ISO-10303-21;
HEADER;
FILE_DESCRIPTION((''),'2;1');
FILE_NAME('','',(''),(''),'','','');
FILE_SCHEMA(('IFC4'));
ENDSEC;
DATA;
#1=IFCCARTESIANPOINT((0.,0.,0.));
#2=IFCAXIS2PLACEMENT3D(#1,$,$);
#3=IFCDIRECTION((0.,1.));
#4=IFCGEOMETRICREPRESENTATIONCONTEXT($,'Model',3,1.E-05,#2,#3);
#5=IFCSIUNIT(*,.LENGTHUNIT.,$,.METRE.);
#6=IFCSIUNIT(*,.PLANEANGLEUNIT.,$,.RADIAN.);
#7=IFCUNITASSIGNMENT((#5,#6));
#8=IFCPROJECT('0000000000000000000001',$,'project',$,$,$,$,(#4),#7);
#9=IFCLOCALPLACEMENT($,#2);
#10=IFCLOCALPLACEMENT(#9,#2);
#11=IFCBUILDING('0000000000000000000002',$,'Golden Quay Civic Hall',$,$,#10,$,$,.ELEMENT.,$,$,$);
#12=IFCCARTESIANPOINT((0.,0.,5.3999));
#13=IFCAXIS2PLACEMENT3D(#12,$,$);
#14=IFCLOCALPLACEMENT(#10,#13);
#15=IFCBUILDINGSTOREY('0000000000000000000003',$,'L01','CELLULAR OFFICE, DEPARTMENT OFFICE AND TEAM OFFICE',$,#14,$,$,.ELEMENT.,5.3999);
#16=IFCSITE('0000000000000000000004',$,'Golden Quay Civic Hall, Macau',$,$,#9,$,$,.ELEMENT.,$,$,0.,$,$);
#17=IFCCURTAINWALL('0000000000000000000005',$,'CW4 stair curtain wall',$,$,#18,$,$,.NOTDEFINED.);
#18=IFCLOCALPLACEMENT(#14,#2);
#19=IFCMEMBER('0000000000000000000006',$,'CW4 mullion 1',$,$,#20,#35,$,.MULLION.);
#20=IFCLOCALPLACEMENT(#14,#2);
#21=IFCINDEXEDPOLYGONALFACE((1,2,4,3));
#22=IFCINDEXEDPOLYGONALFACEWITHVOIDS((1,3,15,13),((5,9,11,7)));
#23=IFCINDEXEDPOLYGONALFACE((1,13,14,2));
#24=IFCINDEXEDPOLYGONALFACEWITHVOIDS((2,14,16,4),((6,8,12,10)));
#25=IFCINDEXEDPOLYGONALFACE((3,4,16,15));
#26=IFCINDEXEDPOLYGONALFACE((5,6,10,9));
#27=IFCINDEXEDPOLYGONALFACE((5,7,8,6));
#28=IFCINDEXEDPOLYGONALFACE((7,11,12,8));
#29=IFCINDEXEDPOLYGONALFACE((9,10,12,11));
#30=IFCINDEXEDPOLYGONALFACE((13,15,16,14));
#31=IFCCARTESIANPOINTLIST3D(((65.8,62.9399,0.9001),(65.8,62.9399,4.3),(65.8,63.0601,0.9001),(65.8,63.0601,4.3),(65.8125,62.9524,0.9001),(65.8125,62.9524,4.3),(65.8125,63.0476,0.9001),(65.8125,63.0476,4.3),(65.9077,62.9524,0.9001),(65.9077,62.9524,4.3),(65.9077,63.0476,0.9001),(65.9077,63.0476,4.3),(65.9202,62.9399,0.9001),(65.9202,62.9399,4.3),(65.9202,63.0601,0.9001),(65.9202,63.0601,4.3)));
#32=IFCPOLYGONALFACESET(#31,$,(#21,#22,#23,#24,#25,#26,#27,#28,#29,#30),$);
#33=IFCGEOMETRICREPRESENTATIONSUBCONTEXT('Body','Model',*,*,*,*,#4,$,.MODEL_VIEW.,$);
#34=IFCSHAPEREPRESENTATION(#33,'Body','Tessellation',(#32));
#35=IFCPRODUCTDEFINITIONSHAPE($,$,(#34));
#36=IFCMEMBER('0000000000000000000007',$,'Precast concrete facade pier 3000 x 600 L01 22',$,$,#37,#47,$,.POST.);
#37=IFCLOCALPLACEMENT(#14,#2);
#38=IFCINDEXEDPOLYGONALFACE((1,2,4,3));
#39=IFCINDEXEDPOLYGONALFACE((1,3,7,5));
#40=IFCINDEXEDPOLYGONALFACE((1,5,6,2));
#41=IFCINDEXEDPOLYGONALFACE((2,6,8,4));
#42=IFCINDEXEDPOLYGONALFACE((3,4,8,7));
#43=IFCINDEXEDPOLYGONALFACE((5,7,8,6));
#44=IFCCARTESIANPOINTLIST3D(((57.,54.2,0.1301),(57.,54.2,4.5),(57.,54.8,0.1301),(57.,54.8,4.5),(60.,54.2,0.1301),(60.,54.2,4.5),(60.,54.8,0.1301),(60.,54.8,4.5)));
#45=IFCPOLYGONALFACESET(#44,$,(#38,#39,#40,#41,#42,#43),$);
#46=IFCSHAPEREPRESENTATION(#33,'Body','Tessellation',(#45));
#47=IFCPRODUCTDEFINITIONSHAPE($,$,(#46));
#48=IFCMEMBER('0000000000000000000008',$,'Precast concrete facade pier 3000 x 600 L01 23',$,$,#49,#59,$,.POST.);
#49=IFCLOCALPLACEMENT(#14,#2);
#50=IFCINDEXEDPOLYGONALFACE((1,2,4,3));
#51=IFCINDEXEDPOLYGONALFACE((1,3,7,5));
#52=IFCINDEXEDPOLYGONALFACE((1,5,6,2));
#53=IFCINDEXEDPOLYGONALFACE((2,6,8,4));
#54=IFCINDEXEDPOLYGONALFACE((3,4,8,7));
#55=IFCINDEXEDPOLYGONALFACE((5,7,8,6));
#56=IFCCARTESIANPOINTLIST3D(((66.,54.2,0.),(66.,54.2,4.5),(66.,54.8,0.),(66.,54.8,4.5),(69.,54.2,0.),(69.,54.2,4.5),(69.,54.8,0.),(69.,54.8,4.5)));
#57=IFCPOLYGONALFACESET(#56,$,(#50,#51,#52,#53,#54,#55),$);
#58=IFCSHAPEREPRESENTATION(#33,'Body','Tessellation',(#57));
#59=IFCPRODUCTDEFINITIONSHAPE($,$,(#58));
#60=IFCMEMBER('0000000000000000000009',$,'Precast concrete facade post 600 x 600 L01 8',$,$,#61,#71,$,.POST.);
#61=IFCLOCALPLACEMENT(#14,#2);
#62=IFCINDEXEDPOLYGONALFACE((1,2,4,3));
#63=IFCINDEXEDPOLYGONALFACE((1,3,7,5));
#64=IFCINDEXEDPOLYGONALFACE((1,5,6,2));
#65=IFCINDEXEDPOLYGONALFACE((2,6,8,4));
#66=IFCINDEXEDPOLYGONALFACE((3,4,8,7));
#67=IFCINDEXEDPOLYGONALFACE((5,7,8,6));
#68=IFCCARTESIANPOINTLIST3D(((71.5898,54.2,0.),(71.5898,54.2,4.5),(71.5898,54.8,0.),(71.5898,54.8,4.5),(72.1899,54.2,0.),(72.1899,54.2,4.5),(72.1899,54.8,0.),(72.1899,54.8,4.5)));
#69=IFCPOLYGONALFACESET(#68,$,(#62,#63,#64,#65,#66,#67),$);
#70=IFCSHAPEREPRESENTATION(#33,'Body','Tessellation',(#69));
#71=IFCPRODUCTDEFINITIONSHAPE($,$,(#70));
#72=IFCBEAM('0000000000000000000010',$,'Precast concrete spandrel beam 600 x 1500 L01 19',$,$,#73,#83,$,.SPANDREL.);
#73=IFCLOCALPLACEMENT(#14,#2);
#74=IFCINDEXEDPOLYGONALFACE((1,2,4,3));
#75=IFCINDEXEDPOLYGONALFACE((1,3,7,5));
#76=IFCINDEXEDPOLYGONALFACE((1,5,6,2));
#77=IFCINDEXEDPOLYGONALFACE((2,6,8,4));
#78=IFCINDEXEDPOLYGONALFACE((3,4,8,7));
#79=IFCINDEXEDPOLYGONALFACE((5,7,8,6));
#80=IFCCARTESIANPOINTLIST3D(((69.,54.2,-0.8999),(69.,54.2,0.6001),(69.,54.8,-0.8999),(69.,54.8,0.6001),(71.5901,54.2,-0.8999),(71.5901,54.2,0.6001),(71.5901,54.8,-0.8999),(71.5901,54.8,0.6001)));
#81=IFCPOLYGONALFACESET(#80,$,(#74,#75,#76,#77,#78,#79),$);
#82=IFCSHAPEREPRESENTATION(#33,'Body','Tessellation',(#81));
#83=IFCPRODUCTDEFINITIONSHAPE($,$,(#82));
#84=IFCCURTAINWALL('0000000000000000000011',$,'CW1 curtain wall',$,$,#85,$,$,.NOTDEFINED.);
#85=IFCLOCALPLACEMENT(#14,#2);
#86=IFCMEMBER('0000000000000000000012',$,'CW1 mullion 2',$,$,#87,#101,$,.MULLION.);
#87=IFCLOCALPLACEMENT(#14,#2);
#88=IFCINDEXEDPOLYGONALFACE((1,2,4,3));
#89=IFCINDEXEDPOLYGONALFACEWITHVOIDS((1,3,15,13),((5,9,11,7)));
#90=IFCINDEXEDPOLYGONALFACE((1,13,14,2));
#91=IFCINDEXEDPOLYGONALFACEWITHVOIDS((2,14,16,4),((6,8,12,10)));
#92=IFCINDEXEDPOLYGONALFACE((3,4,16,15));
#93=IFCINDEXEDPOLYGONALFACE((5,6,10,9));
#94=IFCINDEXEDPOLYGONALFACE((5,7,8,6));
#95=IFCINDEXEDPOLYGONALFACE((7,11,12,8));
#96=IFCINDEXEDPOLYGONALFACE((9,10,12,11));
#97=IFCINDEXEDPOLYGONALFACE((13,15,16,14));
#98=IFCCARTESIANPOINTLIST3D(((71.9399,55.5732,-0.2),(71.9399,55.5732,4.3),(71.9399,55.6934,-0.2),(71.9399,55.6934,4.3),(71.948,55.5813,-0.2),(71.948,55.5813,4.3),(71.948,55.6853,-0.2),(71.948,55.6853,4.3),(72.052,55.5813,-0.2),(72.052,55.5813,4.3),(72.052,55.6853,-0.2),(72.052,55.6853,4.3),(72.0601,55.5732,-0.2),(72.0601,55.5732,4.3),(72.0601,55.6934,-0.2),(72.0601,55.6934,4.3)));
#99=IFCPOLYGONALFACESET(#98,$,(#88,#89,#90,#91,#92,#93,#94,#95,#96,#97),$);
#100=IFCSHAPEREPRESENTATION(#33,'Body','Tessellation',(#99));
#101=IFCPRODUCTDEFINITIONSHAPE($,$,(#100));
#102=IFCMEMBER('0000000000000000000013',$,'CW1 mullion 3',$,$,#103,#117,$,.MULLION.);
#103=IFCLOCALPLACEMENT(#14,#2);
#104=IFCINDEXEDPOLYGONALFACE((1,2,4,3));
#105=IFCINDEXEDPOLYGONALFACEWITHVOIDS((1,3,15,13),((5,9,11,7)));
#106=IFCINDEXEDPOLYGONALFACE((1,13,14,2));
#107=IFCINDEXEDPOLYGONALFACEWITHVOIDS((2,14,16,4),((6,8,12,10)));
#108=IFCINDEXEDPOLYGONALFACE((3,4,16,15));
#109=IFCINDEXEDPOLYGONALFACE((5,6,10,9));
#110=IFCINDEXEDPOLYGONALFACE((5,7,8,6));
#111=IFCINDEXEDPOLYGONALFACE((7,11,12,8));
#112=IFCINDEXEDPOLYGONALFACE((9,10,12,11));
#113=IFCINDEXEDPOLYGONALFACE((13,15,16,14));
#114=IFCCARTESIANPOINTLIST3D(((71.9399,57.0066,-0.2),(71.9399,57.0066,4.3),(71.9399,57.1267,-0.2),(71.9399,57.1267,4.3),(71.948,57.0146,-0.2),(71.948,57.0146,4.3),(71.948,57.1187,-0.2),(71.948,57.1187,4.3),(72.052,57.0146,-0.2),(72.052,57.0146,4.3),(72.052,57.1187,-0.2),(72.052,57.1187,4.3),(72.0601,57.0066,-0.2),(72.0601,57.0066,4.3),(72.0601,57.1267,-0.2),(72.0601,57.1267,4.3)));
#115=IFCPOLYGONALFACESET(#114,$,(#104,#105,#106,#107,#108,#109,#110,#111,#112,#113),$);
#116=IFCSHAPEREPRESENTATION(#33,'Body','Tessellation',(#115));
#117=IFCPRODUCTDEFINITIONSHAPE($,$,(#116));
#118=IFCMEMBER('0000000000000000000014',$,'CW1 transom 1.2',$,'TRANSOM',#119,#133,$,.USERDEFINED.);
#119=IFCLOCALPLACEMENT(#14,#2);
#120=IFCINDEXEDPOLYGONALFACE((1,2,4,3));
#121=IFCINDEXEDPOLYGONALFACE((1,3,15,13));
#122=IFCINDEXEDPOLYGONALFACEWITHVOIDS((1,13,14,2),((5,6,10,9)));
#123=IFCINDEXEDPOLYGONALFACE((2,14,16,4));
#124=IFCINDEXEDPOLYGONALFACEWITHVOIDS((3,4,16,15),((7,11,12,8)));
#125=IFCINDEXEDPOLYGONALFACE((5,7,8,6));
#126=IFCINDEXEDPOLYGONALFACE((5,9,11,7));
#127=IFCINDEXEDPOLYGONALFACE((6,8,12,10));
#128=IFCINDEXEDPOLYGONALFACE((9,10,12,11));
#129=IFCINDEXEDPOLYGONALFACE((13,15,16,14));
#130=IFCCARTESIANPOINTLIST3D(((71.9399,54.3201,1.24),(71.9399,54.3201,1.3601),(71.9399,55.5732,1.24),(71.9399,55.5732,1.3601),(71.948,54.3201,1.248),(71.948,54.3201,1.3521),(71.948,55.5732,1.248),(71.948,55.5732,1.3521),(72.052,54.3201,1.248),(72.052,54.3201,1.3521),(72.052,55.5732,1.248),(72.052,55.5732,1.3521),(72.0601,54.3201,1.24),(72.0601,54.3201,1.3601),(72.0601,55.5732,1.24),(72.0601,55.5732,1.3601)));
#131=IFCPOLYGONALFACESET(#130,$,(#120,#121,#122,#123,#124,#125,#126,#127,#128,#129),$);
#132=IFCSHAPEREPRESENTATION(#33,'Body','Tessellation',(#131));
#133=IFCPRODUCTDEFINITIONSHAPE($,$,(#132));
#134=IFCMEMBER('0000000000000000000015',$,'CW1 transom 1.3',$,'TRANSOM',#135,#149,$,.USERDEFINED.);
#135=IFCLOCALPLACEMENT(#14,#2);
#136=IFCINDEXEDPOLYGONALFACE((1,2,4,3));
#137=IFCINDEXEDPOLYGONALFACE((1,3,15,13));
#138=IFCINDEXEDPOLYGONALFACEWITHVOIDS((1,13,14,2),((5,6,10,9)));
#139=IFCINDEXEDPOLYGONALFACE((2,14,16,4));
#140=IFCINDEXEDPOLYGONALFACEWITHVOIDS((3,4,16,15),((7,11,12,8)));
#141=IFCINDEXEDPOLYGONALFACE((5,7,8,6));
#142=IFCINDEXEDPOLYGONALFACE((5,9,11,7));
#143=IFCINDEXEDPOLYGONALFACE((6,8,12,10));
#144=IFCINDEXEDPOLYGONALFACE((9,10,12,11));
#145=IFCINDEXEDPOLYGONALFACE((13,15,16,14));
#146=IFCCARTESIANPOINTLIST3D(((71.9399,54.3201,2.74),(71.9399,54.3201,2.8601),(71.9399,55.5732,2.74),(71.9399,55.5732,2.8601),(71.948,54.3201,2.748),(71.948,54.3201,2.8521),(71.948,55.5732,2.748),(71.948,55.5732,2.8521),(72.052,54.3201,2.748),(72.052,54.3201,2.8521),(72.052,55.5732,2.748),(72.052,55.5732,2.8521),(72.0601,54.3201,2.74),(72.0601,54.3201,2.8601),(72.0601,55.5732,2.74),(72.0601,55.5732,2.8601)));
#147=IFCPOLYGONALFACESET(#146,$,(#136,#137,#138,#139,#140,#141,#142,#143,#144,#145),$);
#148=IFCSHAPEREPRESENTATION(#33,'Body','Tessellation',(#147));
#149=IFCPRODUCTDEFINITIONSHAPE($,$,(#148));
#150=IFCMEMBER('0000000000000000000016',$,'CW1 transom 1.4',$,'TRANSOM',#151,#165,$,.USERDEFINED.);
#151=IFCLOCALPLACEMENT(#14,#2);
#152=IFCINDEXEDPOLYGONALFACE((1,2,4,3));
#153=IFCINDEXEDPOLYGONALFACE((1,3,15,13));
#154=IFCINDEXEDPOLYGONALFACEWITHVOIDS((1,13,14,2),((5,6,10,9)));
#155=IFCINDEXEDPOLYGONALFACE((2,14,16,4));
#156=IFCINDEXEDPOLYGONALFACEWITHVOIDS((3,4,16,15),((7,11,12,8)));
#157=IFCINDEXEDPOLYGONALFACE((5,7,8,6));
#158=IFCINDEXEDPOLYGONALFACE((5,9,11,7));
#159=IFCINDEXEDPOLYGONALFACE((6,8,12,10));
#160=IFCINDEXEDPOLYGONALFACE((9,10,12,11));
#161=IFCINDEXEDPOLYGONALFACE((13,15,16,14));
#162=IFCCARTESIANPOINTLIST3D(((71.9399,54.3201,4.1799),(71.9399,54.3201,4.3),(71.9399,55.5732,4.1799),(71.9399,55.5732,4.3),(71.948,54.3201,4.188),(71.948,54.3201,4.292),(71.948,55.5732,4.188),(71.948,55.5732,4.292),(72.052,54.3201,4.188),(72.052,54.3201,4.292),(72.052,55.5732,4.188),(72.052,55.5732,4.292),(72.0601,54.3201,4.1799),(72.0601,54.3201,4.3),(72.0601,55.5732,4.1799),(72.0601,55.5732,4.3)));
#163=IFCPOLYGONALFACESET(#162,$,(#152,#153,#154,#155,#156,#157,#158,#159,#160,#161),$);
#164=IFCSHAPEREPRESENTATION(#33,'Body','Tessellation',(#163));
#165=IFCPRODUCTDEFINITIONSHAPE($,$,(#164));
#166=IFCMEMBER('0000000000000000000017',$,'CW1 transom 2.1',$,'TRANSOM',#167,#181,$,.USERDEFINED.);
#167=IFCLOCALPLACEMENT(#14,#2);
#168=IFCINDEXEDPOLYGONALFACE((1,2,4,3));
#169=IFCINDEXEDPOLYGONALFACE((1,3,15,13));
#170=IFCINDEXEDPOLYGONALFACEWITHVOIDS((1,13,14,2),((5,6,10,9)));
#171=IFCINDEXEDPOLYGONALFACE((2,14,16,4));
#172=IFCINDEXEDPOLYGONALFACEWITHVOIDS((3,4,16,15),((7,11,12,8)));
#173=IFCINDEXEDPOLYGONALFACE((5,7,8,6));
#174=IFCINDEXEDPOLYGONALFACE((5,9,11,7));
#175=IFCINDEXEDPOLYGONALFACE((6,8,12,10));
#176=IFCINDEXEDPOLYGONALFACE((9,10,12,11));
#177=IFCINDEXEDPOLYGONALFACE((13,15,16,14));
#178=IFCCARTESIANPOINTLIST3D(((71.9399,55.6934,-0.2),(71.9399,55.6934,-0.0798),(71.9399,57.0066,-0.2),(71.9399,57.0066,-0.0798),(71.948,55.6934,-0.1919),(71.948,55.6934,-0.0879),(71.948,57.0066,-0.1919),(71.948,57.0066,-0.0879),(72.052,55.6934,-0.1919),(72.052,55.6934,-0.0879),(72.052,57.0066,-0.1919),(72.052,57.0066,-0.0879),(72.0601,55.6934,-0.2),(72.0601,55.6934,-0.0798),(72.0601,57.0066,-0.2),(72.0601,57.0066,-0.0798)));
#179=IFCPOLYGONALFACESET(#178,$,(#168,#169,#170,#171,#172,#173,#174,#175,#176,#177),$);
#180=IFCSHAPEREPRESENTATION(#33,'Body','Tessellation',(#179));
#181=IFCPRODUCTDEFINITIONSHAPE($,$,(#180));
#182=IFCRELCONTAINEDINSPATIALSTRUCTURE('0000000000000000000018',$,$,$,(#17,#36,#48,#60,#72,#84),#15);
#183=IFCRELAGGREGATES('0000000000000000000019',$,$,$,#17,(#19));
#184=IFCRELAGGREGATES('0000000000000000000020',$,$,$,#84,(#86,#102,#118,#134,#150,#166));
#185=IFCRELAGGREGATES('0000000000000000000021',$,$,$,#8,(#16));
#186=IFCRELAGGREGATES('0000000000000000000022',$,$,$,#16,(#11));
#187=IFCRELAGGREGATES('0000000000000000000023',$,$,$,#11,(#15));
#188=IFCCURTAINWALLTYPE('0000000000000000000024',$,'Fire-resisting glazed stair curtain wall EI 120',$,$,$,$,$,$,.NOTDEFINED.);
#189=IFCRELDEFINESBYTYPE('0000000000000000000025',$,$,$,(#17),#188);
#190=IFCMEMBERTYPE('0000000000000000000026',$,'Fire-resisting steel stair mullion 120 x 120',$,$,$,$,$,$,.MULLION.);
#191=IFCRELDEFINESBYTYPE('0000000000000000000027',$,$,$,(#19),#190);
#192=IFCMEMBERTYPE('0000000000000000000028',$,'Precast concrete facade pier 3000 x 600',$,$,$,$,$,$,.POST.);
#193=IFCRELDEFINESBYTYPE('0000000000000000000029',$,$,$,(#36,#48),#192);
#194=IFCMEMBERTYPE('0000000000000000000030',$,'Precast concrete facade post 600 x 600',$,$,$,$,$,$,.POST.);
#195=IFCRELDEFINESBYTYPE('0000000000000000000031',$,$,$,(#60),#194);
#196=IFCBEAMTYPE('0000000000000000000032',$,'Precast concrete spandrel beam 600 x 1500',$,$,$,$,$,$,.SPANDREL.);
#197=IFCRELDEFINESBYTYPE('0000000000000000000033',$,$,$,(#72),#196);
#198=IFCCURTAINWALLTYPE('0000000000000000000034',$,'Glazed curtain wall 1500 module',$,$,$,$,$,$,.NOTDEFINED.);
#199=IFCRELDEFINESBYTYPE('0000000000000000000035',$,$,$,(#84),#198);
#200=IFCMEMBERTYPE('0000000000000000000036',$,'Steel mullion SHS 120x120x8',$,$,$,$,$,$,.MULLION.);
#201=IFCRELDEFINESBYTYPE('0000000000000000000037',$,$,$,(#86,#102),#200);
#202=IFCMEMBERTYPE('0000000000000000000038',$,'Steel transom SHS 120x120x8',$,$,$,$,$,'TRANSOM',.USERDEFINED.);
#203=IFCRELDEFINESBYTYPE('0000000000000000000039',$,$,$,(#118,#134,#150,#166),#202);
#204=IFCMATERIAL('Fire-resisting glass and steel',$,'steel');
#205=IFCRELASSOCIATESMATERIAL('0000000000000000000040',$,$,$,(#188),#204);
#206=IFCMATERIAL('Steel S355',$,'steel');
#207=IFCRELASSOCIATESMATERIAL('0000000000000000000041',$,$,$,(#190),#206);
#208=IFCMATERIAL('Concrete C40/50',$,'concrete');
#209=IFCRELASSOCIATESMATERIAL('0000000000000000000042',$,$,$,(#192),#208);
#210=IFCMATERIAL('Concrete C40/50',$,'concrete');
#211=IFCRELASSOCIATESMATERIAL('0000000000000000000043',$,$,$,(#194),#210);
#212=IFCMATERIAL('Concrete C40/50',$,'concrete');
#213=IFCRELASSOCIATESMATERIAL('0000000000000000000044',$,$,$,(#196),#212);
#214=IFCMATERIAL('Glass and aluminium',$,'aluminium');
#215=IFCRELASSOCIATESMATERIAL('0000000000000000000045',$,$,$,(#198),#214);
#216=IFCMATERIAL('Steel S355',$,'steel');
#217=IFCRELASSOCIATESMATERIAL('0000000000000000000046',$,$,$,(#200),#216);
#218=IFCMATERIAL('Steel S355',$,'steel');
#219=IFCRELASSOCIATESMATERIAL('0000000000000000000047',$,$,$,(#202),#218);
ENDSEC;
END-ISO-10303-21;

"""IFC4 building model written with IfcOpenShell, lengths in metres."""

from ifc_helpers import new_model, si_unit, direction, frame, origin, origin_2d, place, context, subcontext, project, spatial, rectangle, hollow_rectangle, extrude, material, material_profile, profile_set, type_object, element, aggregate, save


model = new_model("IFC4")

# Units and contexts
model_context = context("Model", 3, precision=1e-05, world=origin(), true_north=direction((0.0, 1.0)))
body_context = subcontext(model_context, "Body", "Model", "MODEL_VIEW")
ifc_project = project(units=[si_unit("LENGTHUNIT", "METRE"), si_unit("PLANEANGLEUNIT", "RADIAN")], contexts=[model_context])

# Site, building, storey
site_placement = place(None, origin())
site = spatial("IfcSite", under=ifc_project, at=site_placement, Name="Golden Quay Civic Hall, Macau", CompositionType="ELEMENT", RefElevation=0.0)
building_placement = place(site_placement, origin())
building = spatial("IfcBuilding", under=site, at=building_placement, Name="Golden Quay Civic Hall", CompositionType="ELEMENT")
storey_placement = place(building_placement, frame((0.0, 0.0, 5.3999)))
storey = spatial("IfcBuildingStorey", under=building, at=storey_placement, Name="L01", Description="CELLULAR OFFICE, DEPARTMENT OFFICE AND TEAM OFFICE", CompositionType="ELEMENT", Elevation=5.3999)

# Curtain wall, member
ifc_material_1 = material(Name="Fire-resisting glass and steel", Category="steel")
curtain_wall_type_1 = type_object("IfcCurtainWallType", Name="Fire-resisting glazed stair curtain wall EI 120", PredefinedType="NOTDEFINED", material=ifc_material_1)
curtain_wall_1_placement = place(storey_placement, origin())
curtain_wall_1 = element("IfcCurtainWall", 1, at=curtain_wall_1_placement, inside=storey, type_object=curtain_wall_type_1, Name="CW4 stair curtain wall", PredefinedType="NOTDEFINED")
ifc_material_2 = material(Name="Steel S355", Category="steel")
ifc_material_profile_1 = material_profile(ifc_material_2, hollow_rectangle(XDim=0.1201, YDim=0.1201, WallThickness=0.0125, at=origin_2d()), Name="SHS 120x120x12.5")
ifc_profile_set_1 = profile_set([ifc_material_profile_1], Name="Steel S355")
member_type_1 = type_object("IfcMemberType", Name="Fire-resisting steel stair mullion 120 x 120", PredefinedType="MULLION", material=ifc_profile_set_1)
member_1_placement = place(storey_placement, frame((65.8601, 63.0, 0.9001), z_axis=(0.0, 0.0, 1.0), x_axis=(0.0, 1.0, 0.0)))
member_1 = element("IfcMember", 2, at=member_1_placement, type_object=member_type_1, Name="CW4 mullion 1", PredefinedType="MULLION", context=body_context, shape_type="SweptSolid", body=[
    extrude(hollow_rectangle(XDim=0.1201, YDim=0.1201, WallThickness=0.0125, at=origin_2d()), origin(), (0.0, 0.0, 1.0), 3.3999),
])
aggregate(curtain_wall_1, [member_1])

# Members
ifc_material_3 = material(Name="Concrete C40/50", Category="concrete")
ifc_material_profile_2 = material_profile(ifc_material_3, rectangle(XDim=3.0, YDim=0.6001, at=origin_2d()), Name="RC 3000x600")
ifc_profile_set_2 = profile_set([ifc_material_profile_2], Name="Concrete C40/50")
member_type_2 = type_object("IfcMemberType", Name="Precast concrete facade pier 3000 x 600", PredefinedType="POST", material=ifc_profile_set_2)
member_2_placement = place(storey_placement, frame((58.5, 54.5, 0.1301), z_axis=(0.0, 0.0, 1.0), x_axis=(1.0, 0.0, 0.0)))
element("IfcMember", 3, at=member_2_placement, inside=storey, type_object=member_type_2, Name="Precast concrete facade pier 3000 x 600 L01 22", PredefinedType="POST", context=body_context, shape_type="SweptSolid", body=[
    extrude(rectangle(XDim=3.0, YDim=0.6001, at=origin_2d()), origin(), (0.0, 0.0, 1.0), 4.3699),
])
member_3_placement = place(storey_placement, frame((67.5, 54.5, 0.0), z_axis=(0.0, 0.0, 1.0), x_axis=(1.0, 0.0, 0.0)))
element("IfcMember", 4, at=member_3_placement, inside=storey, type_object=member_type_2, Name="Precast concrete facade pier 3000 x 600 L01 23", PredefinedType="POST", context=body_context, shape_type="SweptSolid", body=[
    extrude(rectangle(XDim=3.0, YDim=0.6001, at=origin_2d()), origin(), (0.0, 0.0, 1.0), 4.5),
])
ifc_material_4 = material(Name="Concrete C40/50", Category="concrete")
ifc_material_profile_3 = material_profile(ifc_material_4, rectangle(XDim=0.6001, YDim=0.6001, at=origin_2d()), Name="RC 600x600")
ifc_profile_set_3 = profile_set([ifc_material_profile_3], Name="Concrete C40/50")
member_type_3 = type_object("IfcMemberType", Name="Precast concrete facade post 600 x 600", PredefinedType="POST", material=ifc_profile_set_3)
member_4_placement = place(storey_placement, frame((71.8899, 54.5, 0.0), z_axis=(0.0, 0.0, 1.0), x_axis=(1.0, 0.0, 0.0)))
element("IfcMember", 5, at=member_4_placement, inside=storey, type_object=member_type_3, Name="Precast concrete facade post 600 x 600 L01 8", PredefinedType="POST", context=body_context, shape_type="SweptSolid", body=[
    extrude(rectangle(XDim=0.6001, YDim=0.6001, at=origin_2d()), origin(), (0.0, 0.0, 1.0), 4.5),
])

# Beam
ifc_material_5 = material(Name="Concrete C40/50", Category="concrete")
ifc_material_profile_4 = material_profile(ifc_material_5, rectangle(XDim=0.6001, YDim=1.5, at=origin_2d()), Name="RC 600x1500")
ifc_profile_set_4 = profile_set([ifc_material_profile_4], Name="Concrete C40/50")
beam_type = type_object("IfcBeamType", Name="Precast concrete spandrel beam 600 x 1500", PredefinedType="SPANDREL", material=ifc_profile_set_4)
beam_placement = place(storey_placement, frame((69.0, 54.5, -0.1499), z_axis=(1.0, 0.0, 0.0), x_axis=(0.0, 1.0, 0.0)))
element("IfcBeam", 6, at=beam_placement, inside=storey, type_object=beam_type, Name="Precast concrete spandrel beam 600 x 1500 L01 19", PredefinedType="SPANDREL", context=body_context, shape_type="SweptSolid", body=[
    extrude(rectangle(XDim=0.6001, YDim=1.5, at=origin_2d()), origin(), (0.0, 0.0, 1.0), 2.5901),
])

# Curtain wall, members
ifc_material_6 = material(Name="Glass and aluminium", Category="aluminium")
curtain_wall_type_2 = type_object("IfcCurtainWallType", Name="Glazed curtain wall 1500 module", PredefinedType="NOTDEFINED", material=ifc_material_6)
curtain_wall_2_placement = place(storey_placement, origin())
curtain_wall_2 = element("IfcCurtainWall", 7, at=curtain_wall_2_placement, inside=storey, type_object=curtain_wall_type_2, Name="CW1 curtain wall", PredefinedType="NOTDEFINED")
ifc_material_7 = material(Name="Steel S355", Category="steel")
ifc_material_profile_5 = material_profile(ifc_material_7, hollow_rectangle(XDim=0.1201, YDim=0.1201, WallThickness=0.0081, at=origin_2d()), Name="SHS 120x120x8")
ifc_profile_set_5 = profile_set([ifc_material_profile_5], Name="Steel S355")
member_type_4 = type_object("IfcMemberType", Name="Steel mullion SHS 120x120x8", PredefinedType="MULLION", material=ifc_profile_set_5)
member_5_placement = place(storey_placement, frame((72.0, 55.6333, -0.2), z_axis=(0.0, 0.0, 1.0), x_axis=(-1.0, 0.0, 0.0)))
member_5 = element("IfcMember", 8, at=member_5_placement, type_object=member_type_4, Name="CW1 mullion 2", PredefinedType="MULLION", context=body_context, shape_type="SweptSolid", body=[
    extrude(hollow_rectangle(XDim=0.1201, YDim=0.1201, WallThickness=0.0081, at=origin_2d()), origin(), (0.0, 0.0, 1.0), 4.5),
])
member_6_placement = place(storey_placement, frame((72.0, 57.0667, -0.2), z_axis=(0.0, 0.0, 1.0), x_axis=(-1.0, 0.0, 0.0)))
member_6 = element("IfcMember", 9, at=member_6_placement, type_object=member_type_4, Name="CW1 mullion 3", PredefinedType="MULLION", context=body_context, shape_type="SweptSolid", body=[
    extrude(hollow_rectangle(XDim=0.1201, YDim=0.1201, WallThickness=0.0081, at=origin_2d()), origin(), (0.0, 0.0, 1.0), 4.5),
])
ifc_material_8 = material(Name="Steel S355", Category="steel")
ifc_material_profile_6 = material_profile(ifc_material_8, hollow_rectangle(XDim=0.1201, YDim=0.1201, WallThickness=0.0081, at=origin_2d()), Name="SHS 120x120x8")
ifc_profile_set_6 = profile_set([ifc_material_profile_6], Name="Steel S355")
member_type_5 = type_object("IfcMemberType", Name="Steel transom SHS 120x120x8", ElementType="TRANSOM", PredefinedType="USERDEFINED", material=ifc_profile_set_6)
member_7_placement = place(storey_placement, frame((72.0, 54.3201, 1.3), z_axis=(0.0, 1.0, 0.0), x_axis=(-1.0, 0.0, 0.0)))
member_7 = element("IfcMember", 10, at=member_7_placement, type_object=member_type_5, Name="CW1 transom 1.2", ObjectType="TRANSOM", PredefinedType="USERDEFINED", context=body_context, shape_type="SweptSolid", body=[
    extrude(hollow_rectangle(XDim=0.1201, YDim=0.1201, WallThickness=0.0081, at=origin_2d()), origin(), (0.0, 0.0, 1.0), 1.2532),
])
member_8_placement = place(storey_placement, frame((72.0, 54.3201, 2.8), z_axis=(0.0, 1.0, 0.0), x_axis=(-1.0, 0.0, 0.0)))
member_8 = element("IfcMember", 11, at=member_8_placement, type_object=member_type_5, Name="CW1 transom 1.3", ObjectType="TRANSOM", PredefinedType="USERDEFINED", context=body_context, shape_type="SweptSolid", body=[
    extrude(hollow_rectangle(XDim=0.1201, YDim=0.1201, WallThickness=0.0081, at=origin_2d()), origin(), (0.0, 0.0, 1.0), 1.2532),
])
member_9_placement = place(storey_placement, frame((72.0, 54.3201, 4.24), z_axis=(0.0, 1.0, 0.0), x_axis=(-1.0, 0.0, 0.0)))
member_9 = element("IfcMember", 12, at=member_9_placement, type_object=member_type_5, Name="CW1 transom 1.4", ObjectType="TRANSOM", PredefinedType="USERDEFINED", context=body_context, shape_type="SweptSolid", body=[
    extrude(hollow_rectangle(XDim=0.1201, YDim=0.1201, WallThickness=0.0081, at=origin_2d()), origin(), (0.0, 0.0, 1.0), 1.2532),
])
member_10_placement = place(storey_placement, frame((72.0, 55.6934, -0.1399), z_axis=(0.0, 1.0, 0.0), x_axis=(-1.0, 0.0, 0.0)))
member_10 = element("IfcMember", 13, at=member_10_placement, type_object=member_type_5, Name="CW1 transom 2.1", ObjectType="TRANSOM", PredefinedType="USERDEFINED", context=body_context, shape_type="SweptSolid", body=[
    extrude(hollow_rectangle(XDim=0.1201, YDim=0.1201, WallThickness=0.0081, at=origin_2d()), origin(), (0.0, 0.0, 1.0), 1.3132),
])
aggregate(curtain_wall_2, [member_5, member_6, member_7, member_8, member_9, member_10])

save(model, "model.ifc")
